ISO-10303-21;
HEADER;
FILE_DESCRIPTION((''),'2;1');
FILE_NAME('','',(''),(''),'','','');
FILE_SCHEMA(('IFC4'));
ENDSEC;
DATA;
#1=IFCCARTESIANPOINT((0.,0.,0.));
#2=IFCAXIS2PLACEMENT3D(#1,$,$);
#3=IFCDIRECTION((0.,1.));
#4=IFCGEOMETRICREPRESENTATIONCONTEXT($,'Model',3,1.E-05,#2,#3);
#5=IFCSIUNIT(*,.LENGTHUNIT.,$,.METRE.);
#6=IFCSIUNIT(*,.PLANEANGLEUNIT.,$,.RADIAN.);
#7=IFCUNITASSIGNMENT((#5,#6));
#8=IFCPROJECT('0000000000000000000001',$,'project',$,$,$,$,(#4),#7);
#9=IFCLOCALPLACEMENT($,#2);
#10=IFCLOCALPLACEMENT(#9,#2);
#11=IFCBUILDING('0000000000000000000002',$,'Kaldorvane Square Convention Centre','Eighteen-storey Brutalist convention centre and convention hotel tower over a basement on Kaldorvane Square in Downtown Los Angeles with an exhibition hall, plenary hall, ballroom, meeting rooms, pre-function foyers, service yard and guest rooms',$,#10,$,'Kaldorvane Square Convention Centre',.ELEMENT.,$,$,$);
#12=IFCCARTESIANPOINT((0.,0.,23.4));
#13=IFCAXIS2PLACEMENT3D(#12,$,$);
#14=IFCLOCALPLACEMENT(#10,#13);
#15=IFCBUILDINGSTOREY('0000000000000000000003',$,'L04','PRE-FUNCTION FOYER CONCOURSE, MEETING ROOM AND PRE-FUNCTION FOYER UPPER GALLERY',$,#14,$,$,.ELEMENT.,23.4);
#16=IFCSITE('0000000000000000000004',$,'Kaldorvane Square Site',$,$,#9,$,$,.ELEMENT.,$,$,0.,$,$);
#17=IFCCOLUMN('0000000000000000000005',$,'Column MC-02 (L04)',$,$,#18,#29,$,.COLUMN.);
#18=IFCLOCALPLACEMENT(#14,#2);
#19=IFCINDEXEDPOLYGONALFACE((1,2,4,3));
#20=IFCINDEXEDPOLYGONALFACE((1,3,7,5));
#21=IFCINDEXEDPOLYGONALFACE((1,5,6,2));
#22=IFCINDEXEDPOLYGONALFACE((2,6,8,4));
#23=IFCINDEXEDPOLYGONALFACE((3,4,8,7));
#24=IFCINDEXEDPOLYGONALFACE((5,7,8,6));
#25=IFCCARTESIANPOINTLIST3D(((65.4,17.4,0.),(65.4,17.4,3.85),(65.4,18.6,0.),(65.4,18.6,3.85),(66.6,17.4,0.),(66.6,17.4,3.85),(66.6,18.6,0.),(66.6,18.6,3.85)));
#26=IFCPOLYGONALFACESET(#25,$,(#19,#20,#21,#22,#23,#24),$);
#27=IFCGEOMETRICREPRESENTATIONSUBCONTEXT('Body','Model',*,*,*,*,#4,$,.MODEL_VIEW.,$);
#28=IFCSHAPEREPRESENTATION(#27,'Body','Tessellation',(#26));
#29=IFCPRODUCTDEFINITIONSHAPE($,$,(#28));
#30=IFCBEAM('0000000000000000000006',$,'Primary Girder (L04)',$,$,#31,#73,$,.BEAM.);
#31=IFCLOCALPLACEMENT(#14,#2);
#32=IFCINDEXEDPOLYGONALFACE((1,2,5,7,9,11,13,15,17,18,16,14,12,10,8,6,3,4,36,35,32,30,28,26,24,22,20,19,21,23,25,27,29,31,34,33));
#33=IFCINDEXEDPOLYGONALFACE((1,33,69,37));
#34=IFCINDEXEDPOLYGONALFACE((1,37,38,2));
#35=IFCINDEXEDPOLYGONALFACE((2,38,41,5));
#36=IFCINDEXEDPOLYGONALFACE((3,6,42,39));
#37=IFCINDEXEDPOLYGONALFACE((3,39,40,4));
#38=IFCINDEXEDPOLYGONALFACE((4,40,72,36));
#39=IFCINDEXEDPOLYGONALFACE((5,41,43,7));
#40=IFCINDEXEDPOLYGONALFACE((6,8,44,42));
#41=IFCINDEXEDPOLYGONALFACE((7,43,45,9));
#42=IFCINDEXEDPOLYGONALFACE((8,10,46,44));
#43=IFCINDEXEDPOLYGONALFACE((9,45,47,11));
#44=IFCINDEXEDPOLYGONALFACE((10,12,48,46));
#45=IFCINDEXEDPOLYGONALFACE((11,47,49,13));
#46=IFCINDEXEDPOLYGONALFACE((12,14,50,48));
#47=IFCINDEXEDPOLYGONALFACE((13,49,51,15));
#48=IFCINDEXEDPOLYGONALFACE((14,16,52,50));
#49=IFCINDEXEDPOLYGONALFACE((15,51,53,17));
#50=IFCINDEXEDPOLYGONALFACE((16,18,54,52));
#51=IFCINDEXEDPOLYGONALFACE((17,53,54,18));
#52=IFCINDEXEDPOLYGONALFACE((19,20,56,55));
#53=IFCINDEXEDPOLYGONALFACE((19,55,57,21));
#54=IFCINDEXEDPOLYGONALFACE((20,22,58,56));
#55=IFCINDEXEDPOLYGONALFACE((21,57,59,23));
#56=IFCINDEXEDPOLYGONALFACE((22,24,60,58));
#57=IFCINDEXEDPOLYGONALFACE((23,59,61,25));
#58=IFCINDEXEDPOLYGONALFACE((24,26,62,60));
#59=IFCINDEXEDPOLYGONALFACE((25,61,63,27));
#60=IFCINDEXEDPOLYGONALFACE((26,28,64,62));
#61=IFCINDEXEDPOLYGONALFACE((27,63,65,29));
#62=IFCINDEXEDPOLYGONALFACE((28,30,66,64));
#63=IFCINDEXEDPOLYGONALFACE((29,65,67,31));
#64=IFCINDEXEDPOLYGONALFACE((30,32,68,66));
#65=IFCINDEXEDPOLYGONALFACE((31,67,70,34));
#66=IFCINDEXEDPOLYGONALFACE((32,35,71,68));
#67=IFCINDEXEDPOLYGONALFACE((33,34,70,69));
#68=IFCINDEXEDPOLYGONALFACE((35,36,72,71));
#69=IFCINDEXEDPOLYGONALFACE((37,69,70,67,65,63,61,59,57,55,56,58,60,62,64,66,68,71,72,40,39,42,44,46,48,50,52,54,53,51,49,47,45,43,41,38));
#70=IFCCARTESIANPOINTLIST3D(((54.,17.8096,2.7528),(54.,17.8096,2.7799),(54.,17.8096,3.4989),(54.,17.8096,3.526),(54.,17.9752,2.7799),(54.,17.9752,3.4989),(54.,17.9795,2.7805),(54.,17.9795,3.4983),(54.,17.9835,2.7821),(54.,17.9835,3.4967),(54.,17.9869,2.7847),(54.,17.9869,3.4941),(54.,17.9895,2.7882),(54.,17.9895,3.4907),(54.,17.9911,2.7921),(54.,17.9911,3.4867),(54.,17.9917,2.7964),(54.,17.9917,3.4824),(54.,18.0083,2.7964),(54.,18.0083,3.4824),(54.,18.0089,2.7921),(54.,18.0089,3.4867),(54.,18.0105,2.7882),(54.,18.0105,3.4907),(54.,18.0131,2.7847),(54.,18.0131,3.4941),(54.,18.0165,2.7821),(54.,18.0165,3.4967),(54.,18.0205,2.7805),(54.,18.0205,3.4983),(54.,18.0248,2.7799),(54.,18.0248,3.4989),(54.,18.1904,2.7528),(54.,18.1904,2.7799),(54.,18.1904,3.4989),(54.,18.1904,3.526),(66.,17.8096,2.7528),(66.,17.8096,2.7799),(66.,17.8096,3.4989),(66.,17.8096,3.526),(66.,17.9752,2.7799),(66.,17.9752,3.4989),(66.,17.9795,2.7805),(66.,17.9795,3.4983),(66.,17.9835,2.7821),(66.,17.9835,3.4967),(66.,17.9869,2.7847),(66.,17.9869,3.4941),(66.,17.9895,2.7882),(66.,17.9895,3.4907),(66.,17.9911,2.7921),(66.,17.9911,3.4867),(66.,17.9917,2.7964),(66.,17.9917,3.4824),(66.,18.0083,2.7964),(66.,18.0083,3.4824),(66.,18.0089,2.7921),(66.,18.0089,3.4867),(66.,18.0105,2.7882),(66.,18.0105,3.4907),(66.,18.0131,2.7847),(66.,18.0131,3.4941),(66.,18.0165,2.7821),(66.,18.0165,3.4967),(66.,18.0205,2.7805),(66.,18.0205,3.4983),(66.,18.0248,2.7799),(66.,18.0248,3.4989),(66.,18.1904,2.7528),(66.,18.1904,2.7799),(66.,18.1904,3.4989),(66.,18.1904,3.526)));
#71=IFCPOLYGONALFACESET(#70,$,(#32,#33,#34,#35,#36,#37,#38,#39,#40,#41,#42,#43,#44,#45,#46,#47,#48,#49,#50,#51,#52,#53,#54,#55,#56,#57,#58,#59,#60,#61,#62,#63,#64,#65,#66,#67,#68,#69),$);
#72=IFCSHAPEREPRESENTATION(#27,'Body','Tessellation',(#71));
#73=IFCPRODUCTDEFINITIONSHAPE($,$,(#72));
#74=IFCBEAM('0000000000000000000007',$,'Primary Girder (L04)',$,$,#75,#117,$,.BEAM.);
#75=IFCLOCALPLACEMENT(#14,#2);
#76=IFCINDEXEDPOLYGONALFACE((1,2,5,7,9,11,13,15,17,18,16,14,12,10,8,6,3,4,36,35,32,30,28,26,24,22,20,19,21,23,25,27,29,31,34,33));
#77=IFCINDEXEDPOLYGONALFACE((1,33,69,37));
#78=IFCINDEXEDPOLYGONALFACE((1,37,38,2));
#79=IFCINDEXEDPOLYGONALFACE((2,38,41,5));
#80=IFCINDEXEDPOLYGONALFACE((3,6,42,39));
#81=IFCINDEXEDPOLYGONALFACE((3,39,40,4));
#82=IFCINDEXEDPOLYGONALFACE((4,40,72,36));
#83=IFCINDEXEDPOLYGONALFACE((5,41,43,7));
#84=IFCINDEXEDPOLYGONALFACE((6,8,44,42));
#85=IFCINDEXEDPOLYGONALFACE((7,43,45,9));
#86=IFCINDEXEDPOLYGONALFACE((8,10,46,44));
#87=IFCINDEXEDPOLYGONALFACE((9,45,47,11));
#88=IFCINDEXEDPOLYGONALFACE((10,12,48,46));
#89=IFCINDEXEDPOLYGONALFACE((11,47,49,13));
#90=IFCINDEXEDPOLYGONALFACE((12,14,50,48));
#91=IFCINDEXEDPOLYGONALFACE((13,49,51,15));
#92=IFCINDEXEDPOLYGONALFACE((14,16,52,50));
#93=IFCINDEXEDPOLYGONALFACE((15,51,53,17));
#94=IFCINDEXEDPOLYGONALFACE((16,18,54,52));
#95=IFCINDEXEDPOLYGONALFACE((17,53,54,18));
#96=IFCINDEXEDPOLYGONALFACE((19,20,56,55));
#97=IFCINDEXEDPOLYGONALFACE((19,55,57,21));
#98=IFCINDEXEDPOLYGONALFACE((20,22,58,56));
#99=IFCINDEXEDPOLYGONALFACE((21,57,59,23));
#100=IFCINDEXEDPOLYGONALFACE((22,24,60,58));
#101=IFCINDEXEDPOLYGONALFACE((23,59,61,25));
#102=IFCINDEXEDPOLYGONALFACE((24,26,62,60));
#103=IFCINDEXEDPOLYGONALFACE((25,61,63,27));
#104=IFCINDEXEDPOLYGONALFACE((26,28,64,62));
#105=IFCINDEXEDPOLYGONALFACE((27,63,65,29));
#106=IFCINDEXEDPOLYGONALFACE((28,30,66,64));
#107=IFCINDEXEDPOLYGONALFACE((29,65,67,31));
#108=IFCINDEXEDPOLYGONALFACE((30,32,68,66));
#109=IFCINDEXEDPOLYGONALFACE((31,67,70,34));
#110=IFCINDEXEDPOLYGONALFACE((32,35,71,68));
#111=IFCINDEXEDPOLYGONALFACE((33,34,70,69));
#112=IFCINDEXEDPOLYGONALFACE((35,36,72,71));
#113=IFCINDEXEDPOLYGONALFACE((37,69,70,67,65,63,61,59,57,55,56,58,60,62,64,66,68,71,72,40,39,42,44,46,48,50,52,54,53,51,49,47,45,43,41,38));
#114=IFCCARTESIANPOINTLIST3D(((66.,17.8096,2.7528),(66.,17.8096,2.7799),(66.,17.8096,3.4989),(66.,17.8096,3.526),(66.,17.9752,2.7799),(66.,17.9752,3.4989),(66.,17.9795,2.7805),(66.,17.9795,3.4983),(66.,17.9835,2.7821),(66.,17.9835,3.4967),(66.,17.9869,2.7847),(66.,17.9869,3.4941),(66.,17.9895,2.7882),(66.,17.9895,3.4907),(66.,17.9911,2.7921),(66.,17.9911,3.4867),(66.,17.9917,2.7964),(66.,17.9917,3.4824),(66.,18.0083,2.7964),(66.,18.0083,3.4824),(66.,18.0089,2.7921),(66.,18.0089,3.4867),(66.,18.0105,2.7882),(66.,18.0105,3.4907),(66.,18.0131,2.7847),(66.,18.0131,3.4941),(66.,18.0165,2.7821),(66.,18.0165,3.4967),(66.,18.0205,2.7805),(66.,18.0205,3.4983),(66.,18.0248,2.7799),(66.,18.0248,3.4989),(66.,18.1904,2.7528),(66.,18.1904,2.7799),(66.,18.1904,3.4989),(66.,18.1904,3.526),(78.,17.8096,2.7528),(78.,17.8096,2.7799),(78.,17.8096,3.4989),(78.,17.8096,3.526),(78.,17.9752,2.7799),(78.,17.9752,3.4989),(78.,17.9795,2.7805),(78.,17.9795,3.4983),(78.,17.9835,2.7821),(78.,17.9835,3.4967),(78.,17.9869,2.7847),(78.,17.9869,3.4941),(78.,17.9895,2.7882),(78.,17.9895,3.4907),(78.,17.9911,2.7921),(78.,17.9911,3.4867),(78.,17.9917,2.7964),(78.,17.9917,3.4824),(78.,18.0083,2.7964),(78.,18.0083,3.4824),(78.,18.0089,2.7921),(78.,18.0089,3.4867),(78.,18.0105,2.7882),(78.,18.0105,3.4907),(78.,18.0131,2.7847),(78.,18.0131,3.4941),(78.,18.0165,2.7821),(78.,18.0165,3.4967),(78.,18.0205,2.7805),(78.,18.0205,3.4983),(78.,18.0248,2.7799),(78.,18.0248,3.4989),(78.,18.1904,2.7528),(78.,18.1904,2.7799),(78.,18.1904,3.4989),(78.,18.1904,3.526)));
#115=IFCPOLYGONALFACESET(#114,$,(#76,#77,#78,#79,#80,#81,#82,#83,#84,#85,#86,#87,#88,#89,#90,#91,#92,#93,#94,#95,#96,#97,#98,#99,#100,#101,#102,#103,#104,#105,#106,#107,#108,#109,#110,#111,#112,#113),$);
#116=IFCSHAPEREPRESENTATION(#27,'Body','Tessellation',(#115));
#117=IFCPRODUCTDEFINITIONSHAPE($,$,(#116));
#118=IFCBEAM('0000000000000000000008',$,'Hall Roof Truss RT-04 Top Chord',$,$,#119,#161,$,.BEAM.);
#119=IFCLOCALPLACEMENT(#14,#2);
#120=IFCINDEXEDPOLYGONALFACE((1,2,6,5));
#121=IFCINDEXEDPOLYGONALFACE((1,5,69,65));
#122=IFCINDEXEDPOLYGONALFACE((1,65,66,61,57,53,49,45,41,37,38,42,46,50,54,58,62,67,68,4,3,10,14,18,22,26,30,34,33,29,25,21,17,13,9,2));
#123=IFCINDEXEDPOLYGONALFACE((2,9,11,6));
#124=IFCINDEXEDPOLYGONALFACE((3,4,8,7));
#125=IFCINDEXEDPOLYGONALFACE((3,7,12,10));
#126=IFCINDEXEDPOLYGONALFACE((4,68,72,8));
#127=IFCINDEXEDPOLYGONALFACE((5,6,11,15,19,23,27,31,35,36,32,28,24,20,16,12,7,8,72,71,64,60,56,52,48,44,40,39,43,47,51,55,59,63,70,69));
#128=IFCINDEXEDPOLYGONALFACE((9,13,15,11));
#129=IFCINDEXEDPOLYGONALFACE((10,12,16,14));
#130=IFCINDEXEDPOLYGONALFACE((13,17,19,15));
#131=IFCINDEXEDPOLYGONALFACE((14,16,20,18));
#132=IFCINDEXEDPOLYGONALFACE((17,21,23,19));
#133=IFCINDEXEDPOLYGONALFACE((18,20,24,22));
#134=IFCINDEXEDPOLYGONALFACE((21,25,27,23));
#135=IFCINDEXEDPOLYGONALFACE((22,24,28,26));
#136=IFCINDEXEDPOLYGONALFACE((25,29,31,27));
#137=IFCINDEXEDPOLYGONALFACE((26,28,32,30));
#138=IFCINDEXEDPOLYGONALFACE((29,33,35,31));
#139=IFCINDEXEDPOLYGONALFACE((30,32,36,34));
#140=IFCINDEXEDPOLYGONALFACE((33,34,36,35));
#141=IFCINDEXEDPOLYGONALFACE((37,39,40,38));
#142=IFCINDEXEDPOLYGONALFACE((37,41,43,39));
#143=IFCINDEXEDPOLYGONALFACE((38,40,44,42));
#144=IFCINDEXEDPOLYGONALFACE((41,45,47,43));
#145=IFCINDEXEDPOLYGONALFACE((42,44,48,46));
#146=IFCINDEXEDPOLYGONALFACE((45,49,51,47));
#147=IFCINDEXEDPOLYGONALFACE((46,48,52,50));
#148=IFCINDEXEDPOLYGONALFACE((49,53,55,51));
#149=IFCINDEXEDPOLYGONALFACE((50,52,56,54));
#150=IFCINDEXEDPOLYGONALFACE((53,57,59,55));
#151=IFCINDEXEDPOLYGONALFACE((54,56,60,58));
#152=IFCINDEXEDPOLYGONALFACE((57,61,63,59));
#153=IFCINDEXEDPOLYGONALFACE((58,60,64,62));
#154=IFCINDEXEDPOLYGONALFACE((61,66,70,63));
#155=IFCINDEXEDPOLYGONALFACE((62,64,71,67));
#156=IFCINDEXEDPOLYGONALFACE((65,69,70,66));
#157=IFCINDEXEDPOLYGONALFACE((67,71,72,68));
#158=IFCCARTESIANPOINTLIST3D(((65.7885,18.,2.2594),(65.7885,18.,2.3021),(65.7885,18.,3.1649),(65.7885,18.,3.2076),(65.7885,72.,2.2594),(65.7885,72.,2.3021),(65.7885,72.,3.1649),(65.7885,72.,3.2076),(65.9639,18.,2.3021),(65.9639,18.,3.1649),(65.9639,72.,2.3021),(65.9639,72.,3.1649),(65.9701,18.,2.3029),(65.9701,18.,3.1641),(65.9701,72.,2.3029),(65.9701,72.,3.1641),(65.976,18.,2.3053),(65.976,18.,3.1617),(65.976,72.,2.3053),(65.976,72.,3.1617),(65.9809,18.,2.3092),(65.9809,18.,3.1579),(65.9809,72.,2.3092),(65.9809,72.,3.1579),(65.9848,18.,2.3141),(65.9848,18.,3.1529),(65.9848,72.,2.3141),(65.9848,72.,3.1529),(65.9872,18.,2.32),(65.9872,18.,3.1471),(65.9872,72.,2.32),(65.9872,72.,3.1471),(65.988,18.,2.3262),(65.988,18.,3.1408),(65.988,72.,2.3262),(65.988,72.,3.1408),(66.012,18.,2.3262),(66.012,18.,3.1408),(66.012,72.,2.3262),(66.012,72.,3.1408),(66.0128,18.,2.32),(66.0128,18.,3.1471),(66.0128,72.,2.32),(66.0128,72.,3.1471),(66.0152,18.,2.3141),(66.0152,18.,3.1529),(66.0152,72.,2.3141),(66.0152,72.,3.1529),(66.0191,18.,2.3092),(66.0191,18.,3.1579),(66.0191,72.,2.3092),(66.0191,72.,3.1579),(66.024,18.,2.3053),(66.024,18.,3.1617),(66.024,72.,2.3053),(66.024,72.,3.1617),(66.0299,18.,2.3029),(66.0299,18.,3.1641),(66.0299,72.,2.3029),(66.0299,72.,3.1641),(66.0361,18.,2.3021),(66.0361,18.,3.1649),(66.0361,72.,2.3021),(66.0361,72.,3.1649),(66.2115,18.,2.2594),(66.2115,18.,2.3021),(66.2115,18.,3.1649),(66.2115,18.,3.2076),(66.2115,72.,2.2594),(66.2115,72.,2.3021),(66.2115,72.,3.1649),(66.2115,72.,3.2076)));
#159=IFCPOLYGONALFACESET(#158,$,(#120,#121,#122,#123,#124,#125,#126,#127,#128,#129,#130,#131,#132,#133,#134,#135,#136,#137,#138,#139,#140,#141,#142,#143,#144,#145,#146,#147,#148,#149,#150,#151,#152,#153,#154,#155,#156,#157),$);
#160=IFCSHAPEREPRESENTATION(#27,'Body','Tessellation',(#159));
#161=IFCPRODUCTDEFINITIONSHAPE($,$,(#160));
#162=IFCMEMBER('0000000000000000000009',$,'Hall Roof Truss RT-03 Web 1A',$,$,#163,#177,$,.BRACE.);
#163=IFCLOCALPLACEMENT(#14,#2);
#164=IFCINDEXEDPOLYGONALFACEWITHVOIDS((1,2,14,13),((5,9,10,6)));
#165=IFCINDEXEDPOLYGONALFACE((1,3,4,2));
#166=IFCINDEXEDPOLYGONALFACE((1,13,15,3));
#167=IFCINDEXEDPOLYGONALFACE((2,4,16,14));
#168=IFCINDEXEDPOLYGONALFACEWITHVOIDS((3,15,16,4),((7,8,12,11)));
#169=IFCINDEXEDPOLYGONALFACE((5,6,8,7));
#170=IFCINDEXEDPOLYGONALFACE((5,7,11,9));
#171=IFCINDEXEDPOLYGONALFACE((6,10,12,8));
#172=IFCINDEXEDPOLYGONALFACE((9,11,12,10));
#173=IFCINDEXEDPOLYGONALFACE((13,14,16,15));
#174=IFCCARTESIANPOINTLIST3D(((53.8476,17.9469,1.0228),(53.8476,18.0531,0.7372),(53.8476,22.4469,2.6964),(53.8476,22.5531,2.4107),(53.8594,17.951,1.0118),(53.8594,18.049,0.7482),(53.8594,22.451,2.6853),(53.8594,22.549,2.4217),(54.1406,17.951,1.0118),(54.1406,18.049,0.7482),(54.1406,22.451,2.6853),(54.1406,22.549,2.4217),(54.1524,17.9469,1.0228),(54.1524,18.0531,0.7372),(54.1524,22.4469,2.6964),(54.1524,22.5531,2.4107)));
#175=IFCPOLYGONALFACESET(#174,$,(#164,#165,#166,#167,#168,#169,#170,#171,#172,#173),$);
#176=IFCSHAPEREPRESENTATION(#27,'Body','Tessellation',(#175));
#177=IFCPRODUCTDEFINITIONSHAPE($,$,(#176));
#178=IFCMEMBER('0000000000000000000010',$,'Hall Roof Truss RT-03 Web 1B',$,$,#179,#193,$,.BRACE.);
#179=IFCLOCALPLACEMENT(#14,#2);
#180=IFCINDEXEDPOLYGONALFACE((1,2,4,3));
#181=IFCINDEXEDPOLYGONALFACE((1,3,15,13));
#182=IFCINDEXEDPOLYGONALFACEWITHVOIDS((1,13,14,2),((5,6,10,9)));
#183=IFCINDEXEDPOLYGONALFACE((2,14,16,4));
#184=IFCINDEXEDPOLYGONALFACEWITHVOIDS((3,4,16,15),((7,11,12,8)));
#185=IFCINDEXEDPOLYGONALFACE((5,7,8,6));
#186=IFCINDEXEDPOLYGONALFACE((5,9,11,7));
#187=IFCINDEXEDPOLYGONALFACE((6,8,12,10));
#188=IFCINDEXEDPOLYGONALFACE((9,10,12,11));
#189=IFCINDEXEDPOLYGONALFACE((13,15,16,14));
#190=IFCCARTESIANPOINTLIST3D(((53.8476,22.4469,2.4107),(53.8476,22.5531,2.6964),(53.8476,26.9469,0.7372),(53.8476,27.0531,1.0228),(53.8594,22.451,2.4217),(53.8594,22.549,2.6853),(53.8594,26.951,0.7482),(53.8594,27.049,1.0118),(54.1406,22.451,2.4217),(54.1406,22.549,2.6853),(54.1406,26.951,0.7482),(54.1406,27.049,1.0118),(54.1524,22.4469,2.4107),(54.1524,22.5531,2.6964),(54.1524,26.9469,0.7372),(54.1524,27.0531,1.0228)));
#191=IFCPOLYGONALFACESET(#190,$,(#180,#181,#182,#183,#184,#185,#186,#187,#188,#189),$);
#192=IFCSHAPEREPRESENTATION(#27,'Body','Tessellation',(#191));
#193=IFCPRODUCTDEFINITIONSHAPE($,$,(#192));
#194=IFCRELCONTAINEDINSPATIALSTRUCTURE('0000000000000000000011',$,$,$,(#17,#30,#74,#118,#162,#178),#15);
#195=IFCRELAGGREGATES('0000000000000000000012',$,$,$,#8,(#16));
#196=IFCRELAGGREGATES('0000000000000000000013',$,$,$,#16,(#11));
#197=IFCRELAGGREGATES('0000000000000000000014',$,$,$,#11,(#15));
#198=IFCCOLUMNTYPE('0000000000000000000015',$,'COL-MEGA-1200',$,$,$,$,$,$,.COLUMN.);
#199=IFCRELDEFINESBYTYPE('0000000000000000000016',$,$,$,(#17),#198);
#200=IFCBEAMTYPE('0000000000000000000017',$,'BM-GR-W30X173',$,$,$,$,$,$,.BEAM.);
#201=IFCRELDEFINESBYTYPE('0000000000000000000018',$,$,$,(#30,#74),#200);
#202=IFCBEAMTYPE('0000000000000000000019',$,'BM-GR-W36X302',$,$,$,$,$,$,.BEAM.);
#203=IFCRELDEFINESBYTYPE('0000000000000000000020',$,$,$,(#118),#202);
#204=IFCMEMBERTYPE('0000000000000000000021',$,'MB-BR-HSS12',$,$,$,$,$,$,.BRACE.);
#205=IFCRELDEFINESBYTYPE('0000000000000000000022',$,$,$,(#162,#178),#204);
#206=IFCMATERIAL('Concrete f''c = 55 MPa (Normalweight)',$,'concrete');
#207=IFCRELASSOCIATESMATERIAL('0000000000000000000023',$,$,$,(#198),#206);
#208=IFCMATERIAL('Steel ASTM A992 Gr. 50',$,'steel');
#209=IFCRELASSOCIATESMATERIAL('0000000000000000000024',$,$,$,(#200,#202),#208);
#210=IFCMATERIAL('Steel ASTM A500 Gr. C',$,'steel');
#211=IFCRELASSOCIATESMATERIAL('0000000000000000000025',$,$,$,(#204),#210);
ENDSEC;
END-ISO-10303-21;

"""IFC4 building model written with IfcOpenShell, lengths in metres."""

from ifc_helpers import new_model, si_unit, direction, frame, origin, origin_2d, place, context, subcontext, project, spatial, rectangle, hollow_rectangle, i_section, extrude, material, material_profile, profile_set, type_object, element, save


model = new_model("IFC4")

# Units and contexts
model_context = context("Model", 3, precision=1e-05, world=origin(), true_north=direction((0.0, 1.0)))
body_context = subcontext(model_context, "Body", "Model", "MODEL_VIEW")
ifc_project = project(units=[si_unit("LENGTHUNIT", "METRE"), si_unit("PLANEANGLEUNIT", "RADIAN")], contexts=[model_context])

# Site, building, storey
site_placement = place(None, origin())
site = spatial("IfcSite", under=ifc_project, at=site_placement, Name="Kaldorvane Square Site", CompositionType="ELEMENT", RefElevation=0.0)
building_placement = place(site_placement, origin())
building = spatial("IfcBuilding", under=site, at=building_placement, Name="Kaldorvane Square Convention Centre", Description="Eighteen-storey Brutalist convention centre and convention hotel tower over a basement on Kaldorvane Square in Downtown Los Angeles with an exhibition hall, plenary hall, ballroom, meeting rooms, pre-function foyers, service yard and guest rooms", LongName="Kaldorvane Square Convention Centre", CompositionType="ELEMENT")
storey_placement = place(building_placement, frame((0.0, 0.0, 23.4)))
storey = spatial("IfcBuildingStorey", under=building, at=storey_placement, Name="L04", Description="PRE-FUNCTION FOYER CONCOURSE, MEETING ROOM AND PRE-FUNCTION FOYER UPPER GALLERY", CompositionType="ELEMENT", Elevation=23.4)

# Column
ifc_material_1 = material(Name="Concrete f'c = 55 MPa (Normalweight)", Category="concrete")
ifc_material_profile_1 = material_profile(ifc_material_1, rectangle(XDim=1.2, YDim=1.2, at=origin_2d()), Name="RC1200X1200")
ifc_profile_set_1 = profile_set([ifc_material_profile_1], Name="Concrete f'c = 55 MPa (Normalweight)")
column_type = type_object("IfcColumnType", Name="COL-MEGA-1200", PredefinedType="COLUMN", material=ifc_profile_set_1)
column_placement = place(storey_placement, frame((66.0, 18.0, 0.0), z_axis=(0.0, 0.0, 1.0), x_axis=(1.0, 0.0, 0.0)))
element("IfcColumn", 1, at=column_placement, inside=storey, type_object=column_type, Name="Column MC-02 (L04)", PredefinedType="COLUMN", context=body_context, shape_type="SweptSolid", body=[
    extrude(rectangle(XDim=1.2, YDim=1.2, at=origin_2d()), origin(), (0.0, 0.0, 1.0), 3.85),
])

# Beams
ifc_material_2 = material(Name="Steel ASTM A992 Gr. 50", Category="steel")
ifc_material_profile_2 = material_profile(ifc_material_2, i_section(OverallWidth=0.3807, OverallDepth=0.7732, WebThickness=0.0166, FlangeThickness=0.0271, FilletRadius=0.0165, at=origin_2d()), Name="W30X173")
ifc_profile_set_2 = profile_set([ifc_material_profile_2], Name="Steel ASTM A992 Gr. 50")
beam_type_1 = type_object("IfcBeamType", Name="BM-GR-W30X173", PredefinedType="BEAM", material=ifc_profile_set_2)
for number, where, z_axis, x_axis, name in (
    (2, (54.0, 18.0, 3.1394), (1.0, 0.0, 0.0), (0.0, 1.0, 0.0), "Primary Girder (L04)"),
    (3, (66.0, 18.0, 3.1394), (1.0, 0.0, 0.0), (0.0, 1.0, 0.0), "Primary Girder (L04)"),
):
    element("IfcBeam", number, at=place(storey_placement, frame(where, z_axis=z_axis, x_axis=x_axis)), inside=storey, type_object=beam_type_1, Name=name, PredefinedType="BEAM", context=body_context, shape_type="SweptSolid", body=[
        extrude(i_section(OverallWidth=0.3807, OverallDepth=0.7732, WebThickness=0.0166, FlangeThickness=0.0271, FilletRadius=0.0165, at=origin_2d()), origin(), (0.0, 0.0, 1.0), 12.0),
    ])
ifc_material_profile_3 = material_profile(ifc_material_2, i_section(OverallWidth=0.423, OverallDepth=0.9482, WebThickness=0.024, FlangeThickness=0.0427, FilletRadius=0.0241, at=origin_2d()), Name="W36X302")
ifc_profile_set_3 = profile_set([ifc_material_profile_3], Name="Steel ASTM A992 Gr. 50")
beam_type_2 = type_object("IfcBeamType", Name="BM-GR-W36X302", PredefinedType="BEAM", material=ifc_profile_set_3)
beam_placement = place(storey_placement, frame((66.0, 18.0, 2.7335), z_axis=(0.0, 1.0, 0.0), x_axis=(-1.0, 0.0, 0.0)))
element("IfcBeam", 4, at=beam_placement, inside=storey, type_object=beam_type_2, Name="Hall Roof Truss RT-04 Top Chord", PredefinedType="BEAM", context=body_context, shape_type="SweptSolid", body=[
    extrude(i_section(OverallWidth=0.423, OverallDepth=0.9482, WebThickness=0.024, FlangeThickness=0.0427, FilletRadius=0.0241, at=origin_2d()), origin(), (0.0, 0.0, 1.0), 54.0),
])

# Members
ifc_material_3 = material(Name="Steel ASTM A500 Gr. C", Category="steel")
ifc_material_profile_4 = material_profile(ifc_material_3, hollow_rectangle(XDim=0.3048, YDim=0.3048, WallThickness=0.0118, at=origin_2d()), Name="HSS12X12X1/2")
ifc_profile_set_4 = profile_set([ifc_material_profile_4], Name="Steel ASTM A500 Gr. C")
member_type_1 = type_object("IfcMemberType", Name="MB-BR-HSS12", PredefinedType="BRACE", material=ifc_profile_set_4)
for number, where, z_axis, x_axis, name in (
    (5, (54.0, 18.0, 0.88), (0.0, 0.937284, 0.348567), (-1.0, 0.0, 0.0), "Hall Roof Truss RT-03 Web 1A"),
    (6, (54.0, 22.5, 2.5535), (0.0, 0.937284, -0.348567), (-1.0, 0.0, 0.0), "Hall Roof Truss RT-03 Web 1B"),
):
    element("IfcMember", number, at=place(storey_placement, frame(where, z_axis=z_axis, x_axis=x_axis)), inside=storey, type_object=member_type_1, Name=name, PredefinedType="BRACE", context=body_context, shape_type="SweptSolid", body=[
        extrude(hollow_rectangle(XDim=0.3048, YDim=0.3048, WallThickness=0.0118, at=origin_2d()), origin(), (0.0, 0.0, 1.0), 4.8011),
    ])

save(model, "model.ifc")
